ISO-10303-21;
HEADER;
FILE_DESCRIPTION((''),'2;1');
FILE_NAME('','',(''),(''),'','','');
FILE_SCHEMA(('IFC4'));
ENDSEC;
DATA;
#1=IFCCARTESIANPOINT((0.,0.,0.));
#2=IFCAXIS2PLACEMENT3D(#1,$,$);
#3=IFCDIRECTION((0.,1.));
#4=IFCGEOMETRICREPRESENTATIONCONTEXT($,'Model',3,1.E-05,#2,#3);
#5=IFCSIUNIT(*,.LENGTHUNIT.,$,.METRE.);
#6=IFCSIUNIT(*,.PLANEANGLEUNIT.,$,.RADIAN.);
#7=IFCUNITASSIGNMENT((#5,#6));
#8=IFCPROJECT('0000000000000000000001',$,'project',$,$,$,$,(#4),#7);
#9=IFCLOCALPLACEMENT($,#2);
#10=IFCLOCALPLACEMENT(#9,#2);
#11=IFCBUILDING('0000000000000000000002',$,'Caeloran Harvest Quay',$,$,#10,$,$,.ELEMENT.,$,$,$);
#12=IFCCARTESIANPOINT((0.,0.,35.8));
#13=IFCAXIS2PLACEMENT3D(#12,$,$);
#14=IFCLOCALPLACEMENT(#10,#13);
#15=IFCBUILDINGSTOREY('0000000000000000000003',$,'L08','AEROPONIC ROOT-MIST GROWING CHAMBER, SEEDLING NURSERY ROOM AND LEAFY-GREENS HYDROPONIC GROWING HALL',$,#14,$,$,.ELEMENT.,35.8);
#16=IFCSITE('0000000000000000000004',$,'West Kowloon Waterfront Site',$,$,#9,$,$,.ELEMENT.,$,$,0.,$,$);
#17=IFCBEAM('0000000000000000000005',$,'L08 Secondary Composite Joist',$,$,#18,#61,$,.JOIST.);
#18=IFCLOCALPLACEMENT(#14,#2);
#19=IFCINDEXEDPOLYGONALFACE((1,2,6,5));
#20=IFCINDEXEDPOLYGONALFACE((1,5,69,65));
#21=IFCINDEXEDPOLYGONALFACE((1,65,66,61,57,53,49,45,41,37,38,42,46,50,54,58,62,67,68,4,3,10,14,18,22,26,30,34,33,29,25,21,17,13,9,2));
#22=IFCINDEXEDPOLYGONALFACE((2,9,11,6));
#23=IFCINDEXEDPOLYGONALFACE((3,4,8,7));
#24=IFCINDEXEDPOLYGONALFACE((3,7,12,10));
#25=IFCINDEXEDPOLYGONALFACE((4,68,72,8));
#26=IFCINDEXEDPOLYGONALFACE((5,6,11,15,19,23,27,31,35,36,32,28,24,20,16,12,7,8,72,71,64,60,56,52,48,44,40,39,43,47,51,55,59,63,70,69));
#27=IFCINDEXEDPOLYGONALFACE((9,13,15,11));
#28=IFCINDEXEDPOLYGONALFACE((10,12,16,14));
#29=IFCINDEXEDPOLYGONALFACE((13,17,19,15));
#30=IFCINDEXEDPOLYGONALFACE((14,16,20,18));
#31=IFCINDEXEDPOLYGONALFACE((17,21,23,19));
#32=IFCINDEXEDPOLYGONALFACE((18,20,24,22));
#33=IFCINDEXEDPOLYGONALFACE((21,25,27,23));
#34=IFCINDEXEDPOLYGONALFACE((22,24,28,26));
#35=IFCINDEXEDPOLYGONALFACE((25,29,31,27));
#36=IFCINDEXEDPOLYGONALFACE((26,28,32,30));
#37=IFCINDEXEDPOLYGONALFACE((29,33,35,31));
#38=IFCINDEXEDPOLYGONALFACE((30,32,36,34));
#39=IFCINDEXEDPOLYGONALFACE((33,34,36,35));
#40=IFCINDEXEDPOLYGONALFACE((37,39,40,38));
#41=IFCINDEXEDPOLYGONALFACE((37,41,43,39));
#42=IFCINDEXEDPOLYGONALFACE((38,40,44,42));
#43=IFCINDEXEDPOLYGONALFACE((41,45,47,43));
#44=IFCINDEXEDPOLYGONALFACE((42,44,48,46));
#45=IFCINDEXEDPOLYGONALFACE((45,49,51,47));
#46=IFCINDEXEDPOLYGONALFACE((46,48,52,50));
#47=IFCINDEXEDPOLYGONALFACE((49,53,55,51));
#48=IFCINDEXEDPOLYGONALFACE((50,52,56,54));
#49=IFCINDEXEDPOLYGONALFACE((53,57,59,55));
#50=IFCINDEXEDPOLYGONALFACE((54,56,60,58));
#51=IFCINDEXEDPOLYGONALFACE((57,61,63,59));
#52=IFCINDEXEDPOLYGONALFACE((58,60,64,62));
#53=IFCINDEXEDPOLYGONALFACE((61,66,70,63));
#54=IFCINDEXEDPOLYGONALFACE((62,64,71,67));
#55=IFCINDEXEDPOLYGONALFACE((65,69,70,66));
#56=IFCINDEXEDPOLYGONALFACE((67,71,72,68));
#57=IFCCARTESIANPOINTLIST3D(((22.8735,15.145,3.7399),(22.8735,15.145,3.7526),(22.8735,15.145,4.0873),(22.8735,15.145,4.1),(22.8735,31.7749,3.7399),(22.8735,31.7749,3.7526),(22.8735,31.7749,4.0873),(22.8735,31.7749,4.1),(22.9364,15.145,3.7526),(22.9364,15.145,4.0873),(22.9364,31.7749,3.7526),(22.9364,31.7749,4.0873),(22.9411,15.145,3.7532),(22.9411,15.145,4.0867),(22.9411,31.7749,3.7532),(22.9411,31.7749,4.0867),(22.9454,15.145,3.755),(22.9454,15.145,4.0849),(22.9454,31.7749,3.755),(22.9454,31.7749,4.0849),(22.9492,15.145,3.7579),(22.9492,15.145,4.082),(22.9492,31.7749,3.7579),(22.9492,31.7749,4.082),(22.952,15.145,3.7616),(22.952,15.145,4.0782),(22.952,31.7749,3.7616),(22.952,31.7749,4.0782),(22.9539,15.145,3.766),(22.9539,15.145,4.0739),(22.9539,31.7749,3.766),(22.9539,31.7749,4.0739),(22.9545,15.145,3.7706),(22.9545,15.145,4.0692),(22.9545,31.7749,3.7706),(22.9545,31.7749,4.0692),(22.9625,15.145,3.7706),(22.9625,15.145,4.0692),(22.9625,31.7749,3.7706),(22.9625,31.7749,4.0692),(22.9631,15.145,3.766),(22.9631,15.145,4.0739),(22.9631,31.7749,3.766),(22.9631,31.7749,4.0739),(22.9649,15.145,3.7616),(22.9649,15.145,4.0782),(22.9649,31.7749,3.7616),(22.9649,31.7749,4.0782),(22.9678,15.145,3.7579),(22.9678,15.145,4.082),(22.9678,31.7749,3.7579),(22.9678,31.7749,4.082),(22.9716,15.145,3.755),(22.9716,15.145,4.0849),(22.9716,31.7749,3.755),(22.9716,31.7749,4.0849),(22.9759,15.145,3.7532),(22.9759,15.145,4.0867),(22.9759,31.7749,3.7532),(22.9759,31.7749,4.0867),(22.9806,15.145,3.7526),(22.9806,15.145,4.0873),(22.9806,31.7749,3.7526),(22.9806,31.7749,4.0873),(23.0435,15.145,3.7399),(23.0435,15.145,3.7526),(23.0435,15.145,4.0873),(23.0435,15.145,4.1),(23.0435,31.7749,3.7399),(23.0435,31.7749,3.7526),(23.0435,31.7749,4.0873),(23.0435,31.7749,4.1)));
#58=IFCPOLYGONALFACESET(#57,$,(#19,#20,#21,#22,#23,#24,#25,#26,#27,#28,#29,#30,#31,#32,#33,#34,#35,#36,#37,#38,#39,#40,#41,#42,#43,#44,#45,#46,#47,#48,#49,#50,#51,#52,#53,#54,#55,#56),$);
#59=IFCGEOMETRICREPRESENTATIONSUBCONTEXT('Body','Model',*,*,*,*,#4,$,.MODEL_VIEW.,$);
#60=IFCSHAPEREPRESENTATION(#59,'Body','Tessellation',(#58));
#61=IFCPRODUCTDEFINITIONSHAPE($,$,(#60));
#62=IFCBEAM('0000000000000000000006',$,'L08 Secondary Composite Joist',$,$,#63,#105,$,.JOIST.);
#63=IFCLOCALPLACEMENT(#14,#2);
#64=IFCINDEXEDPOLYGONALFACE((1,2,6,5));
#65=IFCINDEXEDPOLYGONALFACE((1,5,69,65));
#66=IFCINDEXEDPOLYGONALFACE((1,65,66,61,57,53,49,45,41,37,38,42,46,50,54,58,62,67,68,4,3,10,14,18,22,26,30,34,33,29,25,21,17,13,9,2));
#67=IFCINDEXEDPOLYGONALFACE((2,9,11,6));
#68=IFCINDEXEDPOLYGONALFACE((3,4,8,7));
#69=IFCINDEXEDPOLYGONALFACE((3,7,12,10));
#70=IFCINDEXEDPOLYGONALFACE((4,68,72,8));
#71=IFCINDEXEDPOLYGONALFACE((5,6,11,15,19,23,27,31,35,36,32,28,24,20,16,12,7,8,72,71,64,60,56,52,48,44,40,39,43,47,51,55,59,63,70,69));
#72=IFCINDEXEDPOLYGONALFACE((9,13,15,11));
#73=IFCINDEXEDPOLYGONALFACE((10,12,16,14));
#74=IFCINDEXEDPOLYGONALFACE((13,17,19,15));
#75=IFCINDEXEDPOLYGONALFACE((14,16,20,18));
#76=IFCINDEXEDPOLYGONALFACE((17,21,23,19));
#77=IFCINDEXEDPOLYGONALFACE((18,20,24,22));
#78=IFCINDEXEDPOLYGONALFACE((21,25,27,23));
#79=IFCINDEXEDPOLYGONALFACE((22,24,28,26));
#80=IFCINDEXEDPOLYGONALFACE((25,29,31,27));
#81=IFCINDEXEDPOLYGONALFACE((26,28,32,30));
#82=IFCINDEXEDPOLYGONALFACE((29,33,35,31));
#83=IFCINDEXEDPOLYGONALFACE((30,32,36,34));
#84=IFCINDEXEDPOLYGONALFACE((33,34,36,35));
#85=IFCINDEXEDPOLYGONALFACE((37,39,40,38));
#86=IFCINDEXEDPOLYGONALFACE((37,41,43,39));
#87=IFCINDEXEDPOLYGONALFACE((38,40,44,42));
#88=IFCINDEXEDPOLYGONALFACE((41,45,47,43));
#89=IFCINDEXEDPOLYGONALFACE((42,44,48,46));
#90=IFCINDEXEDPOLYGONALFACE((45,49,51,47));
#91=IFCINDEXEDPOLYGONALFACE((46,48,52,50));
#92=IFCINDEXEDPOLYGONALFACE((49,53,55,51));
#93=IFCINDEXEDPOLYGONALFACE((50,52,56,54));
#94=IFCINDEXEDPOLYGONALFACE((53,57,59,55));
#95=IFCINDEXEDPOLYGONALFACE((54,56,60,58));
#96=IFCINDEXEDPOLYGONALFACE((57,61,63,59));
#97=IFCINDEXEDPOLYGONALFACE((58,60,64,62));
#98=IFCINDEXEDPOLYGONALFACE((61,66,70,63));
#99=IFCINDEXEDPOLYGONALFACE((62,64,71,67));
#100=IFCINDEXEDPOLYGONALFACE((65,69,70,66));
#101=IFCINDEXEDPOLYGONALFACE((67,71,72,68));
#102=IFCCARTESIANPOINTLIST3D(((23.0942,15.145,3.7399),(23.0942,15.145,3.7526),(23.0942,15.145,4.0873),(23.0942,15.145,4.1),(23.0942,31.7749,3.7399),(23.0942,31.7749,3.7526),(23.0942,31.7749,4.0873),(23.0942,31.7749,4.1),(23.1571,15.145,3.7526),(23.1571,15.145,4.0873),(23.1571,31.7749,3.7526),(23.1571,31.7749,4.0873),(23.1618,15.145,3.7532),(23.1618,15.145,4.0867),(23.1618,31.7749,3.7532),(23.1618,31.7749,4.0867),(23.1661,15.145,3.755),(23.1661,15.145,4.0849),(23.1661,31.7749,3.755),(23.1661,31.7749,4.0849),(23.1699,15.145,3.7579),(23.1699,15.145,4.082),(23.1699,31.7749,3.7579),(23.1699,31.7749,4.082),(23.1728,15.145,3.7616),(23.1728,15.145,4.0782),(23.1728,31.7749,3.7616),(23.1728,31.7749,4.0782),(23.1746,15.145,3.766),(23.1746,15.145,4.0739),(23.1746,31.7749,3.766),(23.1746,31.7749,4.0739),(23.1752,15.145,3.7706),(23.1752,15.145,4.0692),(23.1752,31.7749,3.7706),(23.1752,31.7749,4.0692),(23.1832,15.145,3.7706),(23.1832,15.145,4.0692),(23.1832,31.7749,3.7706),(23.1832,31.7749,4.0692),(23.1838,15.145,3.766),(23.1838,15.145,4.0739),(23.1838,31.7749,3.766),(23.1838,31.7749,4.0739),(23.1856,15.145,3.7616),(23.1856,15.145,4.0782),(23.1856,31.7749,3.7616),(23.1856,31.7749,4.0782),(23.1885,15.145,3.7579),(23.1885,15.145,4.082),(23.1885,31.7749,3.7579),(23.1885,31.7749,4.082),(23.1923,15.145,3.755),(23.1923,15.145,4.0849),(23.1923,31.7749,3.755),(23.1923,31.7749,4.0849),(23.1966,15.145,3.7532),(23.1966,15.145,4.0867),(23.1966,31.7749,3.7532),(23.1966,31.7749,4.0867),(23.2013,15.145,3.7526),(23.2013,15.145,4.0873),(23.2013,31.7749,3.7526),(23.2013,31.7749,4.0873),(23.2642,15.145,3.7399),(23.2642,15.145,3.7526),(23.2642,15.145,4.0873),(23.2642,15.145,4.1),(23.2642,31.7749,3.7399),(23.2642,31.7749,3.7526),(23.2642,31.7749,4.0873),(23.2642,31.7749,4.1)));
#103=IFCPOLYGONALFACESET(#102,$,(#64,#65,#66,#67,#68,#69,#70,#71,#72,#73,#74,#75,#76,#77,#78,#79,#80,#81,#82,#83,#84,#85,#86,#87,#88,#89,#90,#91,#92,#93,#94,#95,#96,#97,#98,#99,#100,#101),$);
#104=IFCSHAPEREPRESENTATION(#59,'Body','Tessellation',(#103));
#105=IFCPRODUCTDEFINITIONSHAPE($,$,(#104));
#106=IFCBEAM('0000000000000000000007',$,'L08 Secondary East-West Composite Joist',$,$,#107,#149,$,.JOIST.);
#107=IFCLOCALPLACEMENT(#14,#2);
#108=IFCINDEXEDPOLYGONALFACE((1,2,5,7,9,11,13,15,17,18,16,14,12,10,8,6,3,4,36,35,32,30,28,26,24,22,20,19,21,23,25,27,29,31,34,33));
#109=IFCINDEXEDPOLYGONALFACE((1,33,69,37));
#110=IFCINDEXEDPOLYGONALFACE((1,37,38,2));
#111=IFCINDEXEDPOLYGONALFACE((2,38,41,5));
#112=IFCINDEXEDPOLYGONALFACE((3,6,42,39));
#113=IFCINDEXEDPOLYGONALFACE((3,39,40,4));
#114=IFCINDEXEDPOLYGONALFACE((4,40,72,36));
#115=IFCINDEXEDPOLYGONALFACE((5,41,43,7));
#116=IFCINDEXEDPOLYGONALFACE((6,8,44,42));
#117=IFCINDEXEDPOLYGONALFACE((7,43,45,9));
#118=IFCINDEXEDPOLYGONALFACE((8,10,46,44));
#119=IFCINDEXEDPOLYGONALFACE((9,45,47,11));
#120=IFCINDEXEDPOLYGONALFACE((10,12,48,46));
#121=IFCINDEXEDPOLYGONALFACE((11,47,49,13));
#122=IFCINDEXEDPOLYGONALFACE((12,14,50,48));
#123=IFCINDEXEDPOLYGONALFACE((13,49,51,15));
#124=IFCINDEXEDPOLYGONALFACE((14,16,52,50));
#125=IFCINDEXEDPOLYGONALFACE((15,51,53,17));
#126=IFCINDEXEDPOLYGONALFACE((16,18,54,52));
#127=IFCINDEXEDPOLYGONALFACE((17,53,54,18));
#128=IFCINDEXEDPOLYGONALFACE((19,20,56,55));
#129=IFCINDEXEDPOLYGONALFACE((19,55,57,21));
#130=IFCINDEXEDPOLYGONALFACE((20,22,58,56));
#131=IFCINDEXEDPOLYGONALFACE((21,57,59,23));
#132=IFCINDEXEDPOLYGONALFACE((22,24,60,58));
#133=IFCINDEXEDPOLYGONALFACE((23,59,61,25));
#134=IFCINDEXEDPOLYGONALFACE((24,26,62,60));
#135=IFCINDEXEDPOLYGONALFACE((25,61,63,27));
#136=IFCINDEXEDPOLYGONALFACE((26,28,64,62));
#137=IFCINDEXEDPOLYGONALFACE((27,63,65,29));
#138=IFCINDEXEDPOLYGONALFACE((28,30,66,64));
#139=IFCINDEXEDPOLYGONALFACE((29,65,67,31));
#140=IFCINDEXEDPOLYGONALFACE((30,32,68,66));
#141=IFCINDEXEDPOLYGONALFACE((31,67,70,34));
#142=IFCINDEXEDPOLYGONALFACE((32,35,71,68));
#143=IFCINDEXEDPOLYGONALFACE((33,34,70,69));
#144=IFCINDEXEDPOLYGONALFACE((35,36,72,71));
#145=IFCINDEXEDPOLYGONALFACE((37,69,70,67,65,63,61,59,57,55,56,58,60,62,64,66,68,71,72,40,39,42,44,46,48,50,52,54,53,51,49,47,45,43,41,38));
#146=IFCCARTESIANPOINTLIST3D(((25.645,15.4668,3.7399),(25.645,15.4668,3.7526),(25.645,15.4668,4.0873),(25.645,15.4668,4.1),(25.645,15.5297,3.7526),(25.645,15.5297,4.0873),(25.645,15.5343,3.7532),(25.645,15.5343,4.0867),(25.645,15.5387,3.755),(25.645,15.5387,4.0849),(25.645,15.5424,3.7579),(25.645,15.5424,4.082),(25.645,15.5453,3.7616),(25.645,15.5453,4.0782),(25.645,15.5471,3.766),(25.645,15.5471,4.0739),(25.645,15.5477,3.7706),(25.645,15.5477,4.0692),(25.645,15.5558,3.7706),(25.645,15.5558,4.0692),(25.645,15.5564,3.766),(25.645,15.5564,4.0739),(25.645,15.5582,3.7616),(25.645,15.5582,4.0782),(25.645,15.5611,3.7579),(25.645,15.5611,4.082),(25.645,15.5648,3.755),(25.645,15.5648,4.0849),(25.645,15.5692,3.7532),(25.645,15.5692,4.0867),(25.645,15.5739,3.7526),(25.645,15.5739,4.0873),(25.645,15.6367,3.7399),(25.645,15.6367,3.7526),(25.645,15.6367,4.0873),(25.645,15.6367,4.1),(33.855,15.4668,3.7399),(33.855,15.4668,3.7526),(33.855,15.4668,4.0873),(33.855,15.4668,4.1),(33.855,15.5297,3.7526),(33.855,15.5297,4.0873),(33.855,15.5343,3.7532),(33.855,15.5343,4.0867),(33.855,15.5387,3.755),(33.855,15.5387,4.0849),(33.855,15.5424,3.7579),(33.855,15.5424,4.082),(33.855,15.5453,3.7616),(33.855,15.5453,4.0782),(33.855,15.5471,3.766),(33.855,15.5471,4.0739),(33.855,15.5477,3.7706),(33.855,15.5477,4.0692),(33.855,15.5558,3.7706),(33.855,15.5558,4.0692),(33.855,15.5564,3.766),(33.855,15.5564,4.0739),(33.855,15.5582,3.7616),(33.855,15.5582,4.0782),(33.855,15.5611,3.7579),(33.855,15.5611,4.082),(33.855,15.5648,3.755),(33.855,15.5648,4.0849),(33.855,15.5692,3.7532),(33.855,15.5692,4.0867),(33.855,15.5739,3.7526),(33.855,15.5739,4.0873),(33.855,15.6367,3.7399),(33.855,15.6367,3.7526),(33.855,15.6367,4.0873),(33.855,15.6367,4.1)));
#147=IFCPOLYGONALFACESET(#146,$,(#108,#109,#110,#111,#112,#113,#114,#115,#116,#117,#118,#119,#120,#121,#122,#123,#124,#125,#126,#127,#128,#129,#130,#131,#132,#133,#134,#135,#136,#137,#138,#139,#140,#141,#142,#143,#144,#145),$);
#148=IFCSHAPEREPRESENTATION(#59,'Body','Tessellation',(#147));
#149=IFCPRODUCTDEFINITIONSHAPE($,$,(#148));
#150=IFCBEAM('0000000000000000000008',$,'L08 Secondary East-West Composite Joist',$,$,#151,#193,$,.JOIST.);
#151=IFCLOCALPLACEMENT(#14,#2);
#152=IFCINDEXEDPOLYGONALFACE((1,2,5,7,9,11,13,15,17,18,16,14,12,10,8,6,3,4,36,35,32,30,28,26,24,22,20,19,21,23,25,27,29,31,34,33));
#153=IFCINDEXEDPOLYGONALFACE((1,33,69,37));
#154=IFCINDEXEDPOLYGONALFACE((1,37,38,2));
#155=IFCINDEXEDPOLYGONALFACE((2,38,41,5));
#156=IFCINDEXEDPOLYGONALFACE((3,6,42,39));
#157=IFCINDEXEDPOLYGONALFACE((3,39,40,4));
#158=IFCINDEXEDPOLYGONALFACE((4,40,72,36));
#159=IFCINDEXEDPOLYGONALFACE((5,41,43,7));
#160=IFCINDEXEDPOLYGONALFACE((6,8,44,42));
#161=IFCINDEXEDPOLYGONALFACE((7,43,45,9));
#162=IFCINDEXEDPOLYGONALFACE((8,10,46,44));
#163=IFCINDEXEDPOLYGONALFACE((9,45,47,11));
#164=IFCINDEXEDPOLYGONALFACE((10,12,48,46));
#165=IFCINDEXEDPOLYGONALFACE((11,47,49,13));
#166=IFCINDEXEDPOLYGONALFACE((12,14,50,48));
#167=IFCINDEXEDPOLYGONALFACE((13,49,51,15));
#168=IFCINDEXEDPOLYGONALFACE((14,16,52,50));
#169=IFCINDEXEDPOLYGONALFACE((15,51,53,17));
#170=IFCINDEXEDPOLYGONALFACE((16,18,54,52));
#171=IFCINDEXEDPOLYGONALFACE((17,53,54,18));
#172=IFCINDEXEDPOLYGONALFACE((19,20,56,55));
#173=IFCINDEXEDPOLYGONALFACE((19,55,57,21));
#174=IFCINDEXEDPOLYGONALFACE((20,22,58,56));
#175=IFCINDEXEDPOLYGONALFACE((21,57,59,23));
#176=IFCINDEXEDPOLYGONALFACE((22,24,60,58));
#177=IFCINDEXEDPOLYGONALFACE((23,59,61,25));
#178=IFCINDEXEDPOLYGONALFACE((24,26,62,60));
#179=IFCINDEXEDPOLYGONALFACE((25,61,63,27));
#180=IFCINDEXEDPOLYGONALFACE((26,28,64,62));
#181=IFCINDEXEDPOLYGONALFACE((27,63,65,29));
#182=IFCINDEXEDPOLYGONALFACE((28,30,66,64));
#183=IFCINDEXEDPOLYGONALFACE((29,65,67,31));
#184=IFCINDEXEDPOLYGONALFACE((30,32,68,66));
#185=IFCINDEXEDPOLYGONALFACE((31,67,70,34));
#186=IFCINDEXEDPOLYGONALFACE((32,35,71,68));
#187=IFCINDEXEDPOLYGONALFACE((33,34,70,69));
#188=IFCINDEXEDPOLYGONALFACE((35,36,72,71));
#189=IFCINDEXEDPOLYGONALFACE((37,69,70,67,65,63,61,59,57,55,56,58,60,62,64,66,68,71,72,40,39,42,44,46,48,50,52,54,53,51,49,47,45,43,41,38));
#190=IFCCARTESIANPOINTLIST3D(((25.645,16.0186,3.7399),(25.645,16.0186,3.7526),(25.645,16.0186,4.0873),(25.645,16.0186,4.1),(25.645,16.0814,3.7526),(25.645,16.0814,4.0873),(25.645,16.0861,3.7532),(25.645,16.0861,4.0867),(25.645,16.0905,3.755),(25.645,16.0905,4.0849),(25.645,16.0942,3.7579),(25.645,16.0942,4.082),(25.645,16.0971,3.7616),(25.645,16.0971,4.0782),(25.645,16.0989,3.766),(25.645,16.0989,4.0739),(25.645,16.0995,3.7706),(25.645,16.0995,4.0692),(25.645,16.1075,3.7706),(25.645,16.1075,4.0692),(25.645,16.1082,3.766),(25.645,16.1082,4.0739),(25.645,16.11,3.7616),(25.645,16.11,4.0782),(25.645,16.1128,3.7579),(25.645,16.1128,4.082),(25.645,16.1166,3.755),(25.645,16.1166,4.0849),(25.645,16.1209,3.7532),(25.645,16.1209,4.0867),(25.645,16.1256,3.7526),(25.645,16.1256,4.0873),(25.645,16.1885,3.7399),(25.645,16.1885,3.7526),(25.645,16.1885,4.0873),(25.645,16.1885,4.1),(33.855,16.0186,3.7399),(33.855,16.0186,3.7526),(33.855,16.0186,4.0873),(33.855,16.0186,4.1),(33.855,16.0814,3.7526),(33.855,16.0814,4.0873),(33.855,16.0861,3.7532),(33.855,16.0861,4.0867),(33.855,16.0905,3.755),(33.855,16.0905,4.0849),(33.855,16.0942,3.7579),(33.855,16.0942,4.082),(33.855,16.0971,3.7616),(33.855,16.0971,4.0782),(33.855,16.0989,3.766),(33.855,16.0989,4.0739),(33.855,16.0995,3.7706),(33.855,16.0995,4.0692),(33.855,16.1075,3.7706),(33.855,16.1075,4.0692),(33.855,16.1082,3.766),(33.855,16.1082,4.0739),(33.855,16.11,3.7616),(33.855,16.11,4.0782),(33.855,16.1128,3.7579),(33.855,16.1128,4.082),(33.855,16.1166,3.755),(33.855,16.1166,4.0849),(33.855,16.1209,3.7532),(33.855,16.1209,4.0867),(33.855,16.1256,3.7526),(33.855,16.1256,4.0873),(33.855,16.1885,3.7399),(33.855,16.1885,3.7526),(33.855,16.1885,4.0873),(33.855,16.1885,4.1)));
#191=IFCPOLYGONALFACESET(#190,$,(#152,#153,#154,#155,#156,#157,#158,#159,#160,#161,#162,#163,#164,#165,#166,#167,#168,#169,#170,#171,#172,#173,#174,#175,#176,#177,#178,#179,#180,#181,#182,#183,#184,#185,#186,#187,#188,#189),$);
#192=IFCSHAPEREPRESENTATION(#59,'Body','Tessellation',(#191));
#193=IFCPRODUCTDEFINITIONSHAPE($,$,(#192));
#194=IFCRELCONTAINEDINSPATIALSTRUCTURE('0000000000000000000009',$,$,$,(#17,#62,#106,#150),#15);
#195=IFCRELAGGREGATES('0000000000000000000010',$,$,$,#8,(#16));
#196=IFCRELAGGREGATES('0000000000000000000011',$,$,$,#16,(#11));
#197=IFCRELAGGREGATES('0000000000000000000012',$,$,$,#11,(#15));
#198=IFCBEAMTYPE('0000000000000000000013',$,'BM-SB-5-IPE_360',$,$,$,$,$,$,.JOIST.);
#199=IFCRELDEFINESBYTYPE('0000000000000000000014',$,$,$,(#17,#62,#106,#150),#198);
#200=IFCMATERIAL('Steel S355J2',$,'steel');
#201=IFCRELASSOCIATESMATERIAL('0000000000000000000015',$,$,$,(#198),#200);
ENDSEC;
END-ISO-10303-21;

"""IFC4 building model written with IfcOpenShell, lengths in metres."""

from ifc_helpers import new_model, si_unit, direction, frame, origin, origin_2d, place, context, subcontext, project, spatial, i_section, extrude, material, material_profile, profile_set, type_object, element, save


model = new_model("IFC4")

# Units and contexts
model_context = context("Model", 3, precision=1e-05, world=origin(), true_north=direction((0.0, 1.0)))
body_context = subcontext(model_context, "Body", "Model", "MODEL_VIEW")
ifc_project = project(units=[si_unit("LENGTHUNIT", "METRE"), si_unit("PLANEANGLEUNIT", "RADIAN")], contexts=[model_context])

# Site, building, storey
site_placement = place(None, origin())
site = spatial("IfcSite", under=ifc_project, at=site_placement, Name="West Kowloon Waterfront Site", CompositionType="ELEMENT", RefElevation=0.0)
building_placement = place(site_placement, origin())
building = spatial("IfcBuilding", under=site, at=building_placement, Name="Caeloran Harvest Quay", CompositionType="ELEMENT")
storey_placement = place(building_placement, frame((0.0, 0.0, 35.8)))
storey = spatial("IfcBuildingStorey", under=building, at=storey_placement, Name="L08", Description="AEROPONIC ROOT-MIST GROWING CHAMBER, SEEDLING NURSERY ROOM AND LEAFY-GREENS HYDROPONIC GROWING HALL", CompositionType="ELEMENT", Elevation=35.8)

# Beams
ifc_material_1 = material(Name="Steel S355J2", Category="steel")
ifc_material_profile_1 = material_profile(ifc_material_1, i_section(OverallWidth=0.1699, OverallDepth=0.3601, WebThickness=0.0081, FlangeThickness=0.0127, FilletRadius=0.0181, at=origin_2d()), Name="IPE 360")
ifc_profile_set_1 = profile_set([ifc_material_profile_1], Name="Steel S355J2")
beam_type_1 = type_object("IfcBeamType", Name="BM-SB-5-IPE_360", PredefinedType="JOIST", material=ifc_profile_set_1)
for number, where, z_axis, x_axis, name in (
    (1, (22.9585, 15.145, 3.9199), (0.0, 1.0, 0.0), (-1.0, 0.0, 0.0), "L08 Secondary Composite Joist"),
    (2, (23.1792, 15.145, 3.9199), (0.0, 1.0, 0.0), (-1.0, 0.0, 0.0), "L08 Secondary Composite Joist"),
):
    element("IfcBeam", number, at=place(storey_placement, frame(where, z_axis=z_axis, x_axis=x_axis)), inside=storey, type_object=beam_type_1, Name=name, PredefinedType="JOIST", context=body_context, shape_type="SweptSolid", body=[
        extrude(i_section(OverallWidth=0.1699, OverallDepth=0.3601, WebThickness=0.0081, FlangeThickness=0.0127, FilletRadius=0.0181, at=origin_2d()), origin(), (0.0, 0.0, 1.0), 16.6299),
    ])
for number, where, z_axis, x_axis, name in (
    (3, (25.645, 15.5518, 3.9199), (1.0, 0.0, 0.0), (0.0, 1.0, 0.0), "L08 Secondary East-West Composite Joist"),
    (4, (25.645, 16.1035, 3.9199), (1.0, 0.0, 0.0), (0.0, 1.0, 0.0), "L08 Secondary East-West Composite Joist"),
):
    element("IfcBeam", number, at=place(storey_placement, frame(where, z_axis=z_axis, x_axis=x_axis)), inside=storey, type_object=beam_type_1, Name=name, PredefinedType="JOIST", context=body_context, shape_type="SweptSolid", body=[
        extrude(i_section(OverallWidth=0.1699, OverallDepth=0.3601, WebThickness=0.0081, FlangeThickness=0.0127, FilletRadius=0.0181, at=origin_2d()), origin(), (0.0, 0.0, 1.0), 8.21),
    ])

save(model, "model.ifc")
